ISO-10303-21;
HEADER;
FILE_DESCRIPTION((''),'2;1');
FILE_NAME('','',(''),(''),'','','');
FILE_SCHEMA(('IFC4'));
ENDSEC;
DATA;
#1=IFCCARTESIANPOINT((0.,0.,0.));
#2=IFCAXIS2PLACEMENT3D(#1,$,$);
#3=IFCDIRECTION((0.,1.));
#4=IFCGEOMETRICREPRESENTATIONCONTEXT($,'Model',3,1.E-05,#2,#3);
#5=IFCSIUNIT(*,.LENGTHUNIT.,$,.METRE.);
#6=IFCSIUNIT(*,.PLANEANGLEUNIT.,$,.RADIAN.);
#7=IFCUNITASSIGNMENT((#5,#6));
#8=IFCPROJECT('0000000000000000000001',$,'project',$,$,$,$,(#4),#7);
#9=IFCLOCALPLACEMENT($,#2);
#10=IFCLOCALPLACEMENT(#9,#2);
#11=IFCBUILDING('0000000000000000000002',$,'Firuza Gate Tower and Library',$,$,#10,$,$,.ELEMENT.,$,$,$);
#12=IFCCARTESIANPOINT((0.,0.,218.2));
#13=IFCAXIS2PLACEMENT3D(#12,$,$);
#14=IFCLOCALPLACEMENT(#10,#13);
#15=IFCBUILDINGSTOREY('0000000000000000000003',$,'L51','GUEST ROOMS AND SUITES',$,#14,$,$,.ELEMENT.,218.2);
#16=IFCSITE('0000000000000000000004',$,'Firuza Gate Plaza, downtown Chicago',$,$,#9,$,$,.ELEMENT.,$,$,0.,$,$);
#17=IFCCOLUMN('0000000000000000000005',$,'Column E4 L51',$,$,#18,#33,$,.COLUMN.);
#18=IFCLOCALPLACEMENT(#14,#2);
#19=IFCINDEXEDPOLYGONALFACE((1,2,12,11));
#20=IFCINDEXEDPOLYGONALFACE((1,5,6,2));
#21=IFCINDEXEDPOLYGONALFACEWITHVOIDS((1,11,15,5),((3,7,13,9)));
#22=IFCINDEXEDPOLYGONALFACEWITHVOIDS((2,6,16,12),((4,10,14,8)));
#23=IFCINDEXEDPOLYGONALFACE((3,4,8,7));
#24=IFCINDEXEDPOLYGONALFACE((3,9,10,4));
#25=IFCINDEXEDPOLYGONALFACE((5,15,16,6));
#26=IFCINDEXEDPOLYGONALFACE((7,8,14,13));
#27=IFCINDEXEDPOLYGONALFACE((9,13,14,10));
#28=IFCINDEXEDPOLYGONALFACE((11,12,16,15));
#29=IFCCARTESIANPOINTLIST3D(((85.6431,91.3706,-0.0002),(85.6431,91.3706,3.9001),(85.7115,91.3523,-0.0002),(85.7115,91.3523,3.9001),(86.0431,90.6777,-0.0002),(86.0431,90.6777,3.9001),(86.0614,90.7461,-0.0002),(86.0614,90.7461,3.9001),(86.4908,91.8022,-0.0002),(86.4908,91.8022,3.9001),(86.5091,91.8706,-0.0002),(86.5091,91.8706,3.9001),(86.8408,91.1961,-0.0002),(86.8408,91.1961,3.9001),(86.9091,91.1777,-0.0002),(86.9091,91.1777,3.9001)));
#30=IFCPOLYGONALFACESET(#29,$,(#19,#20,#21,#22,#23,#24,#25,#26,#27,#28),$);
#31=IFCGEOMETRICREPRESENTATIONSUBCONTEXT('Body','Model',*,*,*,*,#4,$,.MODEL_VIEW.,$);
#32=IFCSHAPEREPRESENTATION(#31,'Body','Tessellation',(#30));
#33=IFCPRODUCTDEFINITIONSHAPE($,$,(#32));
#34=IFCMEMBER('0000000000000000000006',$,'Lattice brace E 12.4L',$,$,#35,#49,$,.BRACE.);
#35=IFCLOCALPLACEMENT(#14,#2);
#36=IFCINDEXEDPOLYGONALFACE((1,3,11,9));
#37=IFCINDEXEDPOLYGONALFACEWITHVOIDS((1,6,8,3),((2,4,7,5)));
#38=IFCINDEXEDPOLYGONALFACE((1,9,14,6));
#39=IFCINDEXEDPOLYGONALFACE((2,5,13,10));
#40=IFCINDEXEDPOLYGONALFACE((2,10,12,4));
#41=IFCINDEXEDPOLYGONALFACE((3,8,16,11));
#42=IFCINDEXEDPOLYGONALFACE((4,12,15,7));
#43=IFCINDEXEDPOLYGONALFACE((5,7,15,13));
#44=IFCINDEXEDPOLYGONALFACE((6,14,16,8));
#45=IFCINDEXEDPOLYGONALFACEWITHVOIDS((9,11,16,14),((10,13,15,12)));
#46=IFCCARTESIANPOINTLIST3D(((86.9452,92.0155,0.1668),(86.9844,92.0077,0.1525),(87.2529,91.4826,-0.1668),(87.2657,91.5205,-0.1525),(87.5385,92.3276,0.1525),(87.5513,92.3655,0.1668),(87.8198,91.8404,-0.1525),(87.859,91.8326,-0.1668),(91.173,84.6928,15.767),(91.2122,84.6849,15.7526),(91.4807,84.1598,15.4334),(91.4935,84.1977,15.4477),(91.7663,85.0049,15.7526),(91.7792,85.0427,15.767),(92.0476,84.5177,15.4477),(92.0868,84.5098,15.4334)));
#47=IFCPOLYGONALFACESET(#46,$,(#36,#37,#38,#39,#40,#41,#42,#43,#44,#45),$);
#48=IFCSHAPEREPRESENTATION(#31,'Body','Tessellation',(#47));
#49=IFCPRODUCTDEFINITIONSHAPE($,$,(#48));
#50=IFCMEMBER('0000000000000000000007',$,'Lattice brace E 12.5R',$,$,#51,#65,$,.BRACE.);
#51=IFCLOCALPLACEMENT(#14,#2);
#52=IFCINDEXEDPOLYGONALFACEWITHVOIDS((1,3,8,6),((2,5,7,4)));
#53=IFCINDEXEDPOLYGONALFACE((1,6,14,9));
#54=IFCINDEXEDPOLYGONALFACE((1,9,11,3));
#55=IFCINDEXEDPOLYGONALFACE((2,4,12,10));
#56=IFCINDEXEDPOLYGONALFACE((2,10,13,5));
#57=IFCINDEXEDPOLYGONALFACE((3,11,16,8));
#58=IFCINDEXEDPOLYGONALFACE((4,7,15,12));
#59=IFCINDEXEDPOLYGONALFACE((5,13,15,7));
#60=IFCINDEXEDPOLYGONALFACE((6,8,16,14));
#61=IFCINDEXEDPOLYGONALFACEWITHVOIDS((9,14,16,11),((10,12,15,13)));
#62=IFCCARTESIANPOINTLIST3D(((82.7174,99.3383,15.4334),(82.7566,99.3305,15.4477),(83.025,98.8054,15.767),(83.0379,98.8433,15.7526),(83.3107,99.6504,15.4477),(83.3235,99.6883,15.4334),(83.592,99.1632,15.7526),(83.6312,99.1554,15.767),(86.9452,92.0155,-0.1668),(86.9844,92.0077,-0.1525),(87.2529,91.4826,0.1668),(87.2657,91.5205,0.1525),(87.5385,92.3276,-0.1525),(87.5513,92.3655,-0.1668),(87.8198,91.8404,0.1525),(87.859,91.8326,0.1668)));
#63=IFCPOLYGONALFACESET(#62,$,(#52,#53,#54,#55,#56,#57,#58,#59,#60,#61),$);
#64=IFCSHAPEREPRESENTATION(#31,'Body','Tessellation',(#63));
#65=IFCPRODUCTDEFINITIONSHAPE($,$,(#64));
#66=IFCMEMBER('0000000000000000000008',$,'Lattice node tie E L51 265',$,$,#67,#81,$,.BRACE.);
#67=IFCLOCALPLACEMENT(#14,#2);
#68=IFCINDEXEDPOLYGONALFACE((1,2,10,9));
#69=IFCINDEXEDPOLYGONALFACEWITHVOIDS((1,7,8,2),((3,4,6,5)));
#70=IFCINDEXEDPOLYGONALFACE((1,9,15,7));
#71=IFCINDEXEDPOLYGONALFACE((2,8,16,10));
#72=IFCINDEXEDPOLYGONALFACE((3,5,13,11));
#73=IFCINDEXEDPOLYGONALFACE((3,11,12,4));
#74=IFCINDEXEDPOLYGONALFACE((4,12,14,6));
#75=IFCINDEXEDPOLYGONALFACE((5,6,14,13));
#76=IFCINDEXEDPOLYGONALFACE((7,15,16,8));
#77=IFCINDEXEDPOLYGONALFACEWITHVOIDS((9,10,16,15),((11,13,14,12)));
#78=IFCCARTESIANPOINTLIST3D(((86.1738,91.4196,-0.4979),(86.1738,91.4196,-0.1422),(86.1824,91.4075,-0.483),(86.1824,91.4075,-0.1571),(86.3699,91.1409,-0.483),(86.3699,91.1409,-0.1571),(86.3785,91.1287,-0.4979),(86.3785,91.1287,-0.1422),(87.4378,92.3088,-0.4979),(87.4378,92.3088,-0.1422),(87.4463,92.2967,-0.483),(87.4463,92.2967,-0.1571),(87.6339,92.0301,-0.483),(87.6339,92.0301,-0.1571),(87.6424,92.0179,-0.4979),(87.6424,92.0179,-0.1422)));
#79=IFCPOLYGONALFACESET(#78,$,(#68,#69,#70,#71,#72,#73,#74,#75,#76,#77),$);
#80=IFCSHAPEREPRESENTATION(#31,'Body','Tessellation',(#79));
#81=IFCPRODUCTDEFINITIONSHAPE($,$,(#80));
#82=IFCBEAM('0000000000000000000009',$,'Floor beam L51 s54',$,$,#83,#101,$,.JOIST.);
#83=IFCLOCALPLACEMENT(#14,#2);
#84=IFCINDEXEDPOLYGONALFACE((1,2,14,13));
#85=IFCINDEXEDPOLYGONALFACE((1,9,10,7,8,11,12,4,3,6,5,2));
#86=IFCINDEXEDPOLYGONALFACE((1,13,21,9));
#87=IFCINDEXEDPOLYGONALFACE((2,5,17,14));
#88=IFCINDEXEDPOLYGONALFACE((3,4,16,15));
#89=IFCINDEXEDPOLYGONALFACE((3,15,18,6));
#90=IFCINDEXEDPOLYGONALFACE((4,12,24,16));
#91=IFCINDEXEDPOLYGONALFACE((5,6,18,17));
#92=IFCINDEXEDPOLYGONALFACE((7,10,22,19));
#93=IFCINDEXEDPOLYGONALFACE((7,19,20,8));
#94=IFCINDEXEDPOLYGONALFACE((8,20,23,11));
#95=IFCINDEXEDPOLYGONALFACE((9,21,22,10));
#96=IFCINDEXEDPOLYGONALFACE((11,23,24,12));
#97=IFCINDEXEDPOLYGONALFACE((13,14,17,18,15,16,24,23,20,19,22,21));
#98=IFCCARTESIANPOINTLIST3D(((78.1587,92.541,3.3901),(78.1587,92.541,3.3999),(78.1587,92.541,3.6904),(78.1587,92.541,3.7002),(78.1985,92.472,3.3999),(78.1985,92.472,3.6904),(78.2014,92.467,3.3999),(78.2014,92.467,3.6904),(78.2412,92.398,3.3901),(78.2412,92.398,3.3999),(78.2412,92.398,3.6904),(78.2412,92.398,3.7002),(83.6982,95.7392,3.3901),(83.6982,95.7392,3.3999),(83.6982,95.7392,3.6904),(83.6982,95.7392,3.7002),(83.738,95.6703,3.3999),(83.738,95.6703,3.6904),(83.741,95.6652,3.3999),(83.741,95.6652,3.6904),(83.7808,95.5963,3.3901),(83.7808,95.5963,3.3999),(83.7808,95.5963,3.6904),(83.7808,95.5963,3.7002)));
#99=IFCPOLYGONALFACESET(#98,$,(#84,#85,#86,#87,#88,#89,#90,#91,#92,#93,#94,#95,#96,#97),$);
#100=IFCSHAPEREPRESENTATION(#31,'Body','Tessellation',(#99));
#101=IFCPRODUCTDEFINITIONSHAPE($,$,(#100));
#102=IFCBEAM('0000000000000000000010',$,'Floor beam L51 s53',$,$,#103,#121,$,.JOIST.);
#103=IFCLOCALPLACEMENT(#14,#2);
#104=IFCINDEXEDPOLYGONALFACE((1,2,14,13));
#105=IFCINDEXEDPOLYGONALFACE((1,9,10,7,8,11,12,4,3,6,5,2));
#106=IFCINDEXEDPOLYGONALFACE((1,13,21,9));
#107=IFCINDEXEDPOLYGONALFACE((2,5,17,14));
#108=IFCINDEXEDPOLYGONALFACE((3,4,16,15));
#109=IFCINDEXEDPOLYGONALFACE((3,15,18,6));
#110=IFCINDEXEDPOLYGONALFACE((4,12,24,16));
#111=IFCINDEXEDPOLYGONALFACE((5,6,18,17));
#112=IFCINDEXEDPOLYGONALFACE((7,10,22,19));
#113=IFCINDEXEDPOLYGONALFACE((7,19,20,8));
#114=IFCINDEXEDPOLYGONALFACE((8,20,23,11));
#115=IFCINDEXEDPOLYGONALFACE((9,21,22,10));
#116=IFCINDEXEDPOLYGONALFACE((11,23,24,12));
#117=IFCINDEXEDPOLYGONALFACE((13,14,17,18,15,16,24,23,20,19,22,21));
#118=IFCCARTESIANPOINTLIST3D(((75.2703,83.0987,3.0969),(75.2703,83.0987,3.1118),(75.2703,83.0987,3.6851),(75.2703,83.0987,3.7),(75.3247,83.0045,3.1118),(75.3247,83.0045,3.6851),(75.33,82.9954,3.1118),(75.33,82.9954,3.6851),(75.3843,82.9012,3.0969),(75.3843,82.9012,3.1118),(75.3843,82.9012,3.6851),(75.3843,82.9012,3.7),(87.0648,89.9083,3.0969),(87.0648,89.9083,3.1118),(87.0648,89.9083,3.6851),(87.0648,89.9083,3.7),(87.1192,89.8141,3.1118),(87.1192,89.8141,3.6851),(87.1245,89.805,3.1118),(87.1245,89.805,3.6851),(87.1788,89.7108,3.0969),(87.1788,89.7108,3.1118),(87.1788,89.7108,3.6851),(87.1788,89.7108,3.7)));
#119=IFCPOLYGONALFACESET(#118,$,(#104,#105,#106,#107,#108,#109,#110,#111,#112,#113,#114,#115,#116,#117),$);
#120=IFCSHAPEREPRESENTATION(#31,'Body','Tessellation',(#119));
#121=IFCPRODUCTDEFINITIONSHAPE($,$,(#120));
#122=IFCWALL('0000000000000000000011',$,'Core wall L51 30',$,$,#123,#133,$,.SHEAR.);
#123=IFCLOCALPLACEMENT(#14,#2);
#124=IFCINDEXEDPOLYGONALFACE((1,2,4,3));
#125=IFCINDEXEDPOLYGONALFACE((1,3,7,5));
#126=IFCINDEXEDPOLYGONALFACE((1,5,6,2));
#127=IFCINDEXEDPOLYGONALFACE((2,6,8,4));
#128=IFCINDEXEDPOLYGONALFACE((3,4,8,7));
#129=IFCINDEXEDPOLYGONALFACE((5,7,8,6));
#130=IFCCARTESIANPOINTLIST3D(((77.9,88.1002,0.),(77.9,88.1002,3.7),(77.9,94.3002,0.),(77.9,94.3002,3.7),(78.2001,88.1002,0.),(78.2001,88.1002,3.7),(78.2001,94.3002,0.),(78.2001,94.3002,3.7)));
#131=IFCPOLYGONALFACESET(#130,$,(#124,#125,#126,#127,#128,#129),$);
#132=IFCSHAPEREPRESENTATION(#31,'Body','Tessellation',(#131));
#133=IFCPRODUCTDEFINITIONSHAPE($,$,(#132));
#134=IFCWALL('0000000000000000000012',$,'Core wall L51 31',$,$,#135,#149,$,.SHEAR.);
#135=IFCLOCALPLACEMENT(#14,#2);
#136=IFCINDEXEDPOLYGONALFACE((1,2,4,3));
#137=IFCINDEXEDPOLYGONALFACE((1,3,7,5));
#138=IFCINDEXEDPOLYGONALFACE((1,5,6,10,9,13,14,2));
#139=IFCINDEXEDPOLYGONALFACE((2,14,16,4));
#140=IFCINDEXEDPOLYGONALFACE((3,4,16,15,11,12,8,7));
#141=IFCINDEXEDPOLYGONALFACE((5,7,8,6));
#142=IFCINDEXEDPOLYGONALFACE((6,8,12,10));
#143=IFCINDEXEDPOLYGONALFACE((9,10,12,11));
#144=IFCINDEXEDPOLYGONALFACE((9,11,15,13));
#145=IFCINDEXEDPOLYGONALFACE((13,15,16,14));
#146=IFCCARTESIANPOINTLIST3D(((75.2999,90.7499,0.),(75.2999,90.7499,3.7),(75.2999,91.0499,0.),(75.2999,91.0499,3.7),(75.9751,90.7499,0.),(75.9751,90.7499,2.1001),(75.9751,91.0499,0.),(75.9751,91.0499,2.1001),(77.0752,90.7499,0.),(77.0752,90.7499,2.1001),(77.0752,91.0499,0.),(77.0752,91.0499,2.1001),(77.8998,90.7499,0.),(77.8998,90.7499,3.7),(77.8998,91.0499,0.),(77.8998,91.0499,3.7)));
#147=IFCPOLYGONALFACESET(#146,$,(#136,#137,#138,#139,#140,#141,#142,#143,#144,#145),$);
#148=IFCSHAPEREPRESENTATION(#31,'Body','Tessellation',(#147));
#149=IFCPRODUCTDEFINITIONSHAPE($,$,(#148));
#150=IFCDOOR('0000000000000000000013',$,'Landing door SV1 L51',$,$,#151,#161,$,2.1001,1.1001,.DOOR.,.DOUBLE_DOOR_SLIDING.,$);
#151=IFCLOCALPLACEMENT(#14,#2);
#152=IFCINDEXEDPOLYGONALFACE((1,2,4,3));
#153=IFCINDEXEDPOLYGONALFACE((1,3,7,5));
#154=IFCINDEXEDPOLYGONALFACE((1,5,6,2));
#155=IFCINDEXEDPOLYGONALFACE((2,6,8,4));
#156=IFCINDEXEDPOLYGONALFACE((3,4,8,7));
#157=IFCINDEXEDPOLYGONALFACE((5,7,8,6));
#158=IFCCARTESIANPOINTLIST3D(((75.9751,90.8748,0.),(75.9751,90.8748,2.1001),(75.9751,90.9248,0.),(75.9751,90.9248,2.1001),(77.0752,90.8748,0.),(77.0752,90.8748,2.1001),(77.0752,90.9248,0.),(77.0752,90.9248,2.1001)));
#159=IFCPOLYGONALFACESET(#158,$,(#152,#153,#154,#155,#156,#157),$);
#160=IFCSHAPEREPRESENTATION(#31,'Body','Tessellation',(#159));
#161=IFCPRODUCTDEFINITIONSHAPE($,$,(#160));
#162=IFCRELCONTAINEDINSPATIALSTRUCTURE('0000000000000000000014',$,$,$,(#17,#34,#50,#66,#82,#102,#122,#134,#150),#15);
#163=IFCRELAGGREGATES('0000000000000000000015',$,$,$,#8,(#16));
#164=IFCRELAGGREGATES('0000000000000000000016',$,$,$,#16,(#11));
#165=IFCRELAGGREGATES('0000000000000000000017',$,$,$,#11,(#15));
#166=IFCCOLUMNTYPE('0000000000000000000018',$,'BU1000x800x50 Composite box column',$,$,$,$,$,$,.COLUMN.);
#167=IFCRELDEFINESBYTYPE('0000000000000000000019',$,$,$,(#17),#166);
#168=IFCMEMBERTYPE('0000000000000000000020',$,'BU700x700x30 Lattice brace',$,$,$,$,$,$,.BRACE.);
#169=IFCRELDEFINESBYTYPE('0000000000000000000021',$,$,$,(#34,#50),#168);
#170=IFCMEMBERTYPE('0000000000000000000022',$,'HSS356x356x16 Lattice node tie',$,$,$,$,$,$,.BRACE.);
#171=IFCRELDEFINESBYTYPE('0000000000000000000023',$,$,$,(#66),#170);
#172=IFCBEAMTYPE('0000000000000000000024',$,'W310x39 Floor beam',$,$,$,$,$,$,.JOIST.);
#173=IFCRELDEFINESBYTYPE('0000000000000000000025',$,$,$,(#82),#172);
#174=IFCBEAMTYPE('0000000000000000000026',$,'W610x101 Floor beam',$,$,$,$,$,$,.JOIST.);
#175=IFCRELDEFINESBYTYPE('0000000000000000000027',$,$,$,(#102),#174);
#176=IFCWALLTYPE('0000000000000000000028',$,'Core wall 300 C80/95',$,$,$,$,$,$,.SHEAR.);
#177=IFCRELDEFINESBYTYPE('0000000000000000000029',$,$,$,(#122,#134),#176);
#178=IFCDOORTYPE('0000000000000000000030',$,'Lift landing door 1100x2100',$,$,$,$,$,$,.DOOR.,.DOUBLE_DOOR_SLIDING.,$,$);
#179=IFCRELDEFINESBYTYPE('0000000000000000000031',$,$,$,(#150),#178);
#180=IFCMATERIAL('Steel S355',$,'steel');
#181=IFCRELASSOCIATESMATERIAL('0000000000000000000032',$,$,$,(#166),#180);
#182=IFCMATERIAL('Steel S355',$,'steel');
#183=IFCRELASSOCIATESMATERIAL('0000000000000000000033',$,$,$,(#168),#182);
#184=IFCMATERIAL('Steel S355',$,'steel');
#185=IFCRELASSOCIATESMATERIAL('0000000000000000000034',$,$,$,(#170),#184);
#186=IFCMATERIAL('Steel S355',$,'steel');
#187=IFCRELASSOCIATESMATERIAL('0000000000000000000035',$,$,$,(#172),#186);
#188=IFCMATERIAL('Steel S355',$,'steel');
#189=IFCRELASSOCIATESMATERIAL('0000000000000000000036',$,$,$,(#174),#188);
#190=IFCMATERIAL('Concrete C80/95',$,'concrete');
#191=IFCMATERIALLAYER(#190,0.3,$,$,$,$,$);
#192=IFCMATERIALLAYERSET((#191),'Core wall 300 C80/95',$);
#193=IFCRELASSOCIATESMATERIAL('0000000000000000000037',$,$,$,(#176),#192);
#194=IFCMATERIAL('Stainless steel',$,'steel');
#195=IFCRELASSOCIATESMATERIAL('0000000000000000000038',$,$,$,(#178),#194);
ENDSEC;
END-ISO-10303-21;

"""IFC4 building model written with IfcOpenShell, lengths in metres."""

from ifc_helpers import new_model, si_unit, direction, frame, frame_2d, origin, origin_2d, place, context, subcontext, project, spatial, rectangle, hollow_rectangle, i_section, extrude, material, layer, layer_set, material_profile, profile_set, type_object, element, fill, save


model = new_model("IFC4")

# Units and contexts
model_context = context("Model", 3, precision=1e-05, world=origin(), true_north=direction((0.0, 1.0)))
body_context = subcontext(model_context, "Body", "Model", "MODEL_VIEW")
ifc_project = project(units=[si_unit("LENGTHUNIT", "METRE"), si_unit("PLANEANGLEUNIT", "RADIAN")], contexts=[model_context])

# Site, building, storey
site_placement = place(None, origin())
site = spatial("IfcSite", under=ifc_project, at=site_placement, Name="Firuza Gate Plaza, downtown Chicago", CompositionType="ELEMENT", RefElevation=0.0)
building_placement = place(site_placement, origin())
building = spatial("IfcBuilding", under=site, at=building_placement, Name="Firuza Gate Tower and Library", CompositionType="ELEMENT")
storey_placement = place(building_placement, frame((0.0, 0.0, 218.2)))
storey = spatial("IfcBuildingStorey", under=building, at=storey_placement, Name="L51", Description="GUEST ROOMS AND SUITES", CompositionType="ELEMENT", Elevation=218.2)

# Column
ifc_material_1 = material(Name="Steel S355", Category="steel")
ifc_material_profile_1 = material_profile(ifc_material_1, hollow_rectangle(XDim=0.8, YDim=1.0, WallThickness=0.05, at=origin_2d()))
ifc_profile_set_1 = profile_set([ifc_material_profile_1], Name="Steel S355")
column_type = type_object("IfcColumnType", Name="BU1000x800x50 Composite box column", PredefinedType="COLUMN", material=ifc_profile_set_1)
column_placement = place(storey_placement, frame((86.2761, 91.2742, -0.0002), z_axis=(0.0, 0.0, 1.0), x_axis=(-0.5, 0.866025, 0.0)))
element("IfcColumn", 1, at=column_placement, inside=storey, type_object=column_type, Name="Column E4 L51", PredefinedType="COLUMN", context=body_context, shape_type="SweptSolid", body=[
    extrude(hollow_rectangle(XDim=0.8, YDim=1.0, WallThickness=0.05, at=origin_2d()), origin(), (0.0, 0.0, 1.0), 3.9004),
])

# Members
ifc_material_2 = material(Name="Steel S355", Category="steel")
ifc_material_profile_2 = material_profile(ifc_material_2, hollow_rectangle(XDim=0.7, YDim=0.7, WallThickness=0.03, at=origin_2d()))
ifc_profile_set_2 = profile_set([ifc_material_profile_2], Name="Steel S355")
member_type_1 = type_object("IfcMemberType", Name="BU700x700x30 Lattice brace", PredefinedType="BRACE", material=ifc_profile_set_2)
for number, where, z_axis, x_axis, name in (
    (2, (87.4021, 91.9241, 0.0), (0.238262, -0.412682, 0.879161), (0.866026, 0.499999, 0.0), "Lattice brace E 12.4L"),
    (3, (87.4021, 91.9241, 0.0), (-0.238262, 0.412682, 0.879161), (-0.866026, -0.499999, 0.0), "Lattice brace E 12.5R"),
):
    element("IfcMember", number, at=place(storey_placement, frame(where, z_axis=z_axis, x_axis=x_axis)), inside=storey, type_object=member_type_1, Name=name, PredefinedType="BRACE", context=body_context, shape_type="SweptSolid", body=[
        extrude(hollow_rectangle(XDim=0.7, YDim=0.7, WallThickness=0.03, at=origin_2d()), origin(), (0.0, 0.0, 1.0), 17.7444),
    ])
ifc_material_3 = material(Name="Steel S355", Category="steel")
ifc_material_profile_3 = material_profile(ifc_material_3, hollow_rectangle(XDim=0.3557, YDim=0.3557, WallThickness=0.0149, at=origin_2d()))
ifc_profile_set_3 = profile_set([ifc_material_profile_3], Name="Steel S355")
member_type_2 = type_object("IfcMemberType", Name="HSS356x356x16 Lattice node tie", PredefinedType="BRACE", material=ifc_profile_set_3)
member_placement = place(storey_placement, frame((86.2761, 91.2742, -0.3201), z_axis=(0.817886, 0.57538, 0.0), x_axis=(-0.57538, 0.817886, 0.0)))
element("IfcMember", 4, at=member_placement, inside=storey, type_object=member_type_2, Name="Lattice node tie E L51 265", PredefinedType="BRACE", context=body_context, shape_type="SweptSolid", body=[
    extrude(hollow_rectangle(XDim=0.3557, YDim=0.3557, WallThickness=0.0149, at=origin_2d()), origin(), (0.0, 0.0, 1.0), 1.5454),
])

# Beams
ifc_material_4 = material(Name="Steel S355", Category="steel")
ifc_material_profile_4 = material_profile(ifc_material_4, i_section(OverallWidth=0.165, OverallDepth=0.3101, WebThickness=0.0059, FlangeThickness=0.0098, at=origin_2d()))
ifc_profile_set_4 = profile_set([ifc_material_profile_4], Name="Steel S355")
beam_type_1 = type_object("IfcBeamType", Name="W310x39 Floor beam", PredefinedType="JOIST", material=ifc_profile_set_4)
beam_1_placement = place(storey_placement, frame((83.7395, 95.6677, 3.5452), z_axis=(-0.866027, -0.499998, 0.0), x_axis=(0.499998, -0.866027, 0.0)))
element("IfcBeam", 5, at=beam_1_placement, inside=storey, type_object=beam_type_1, Name="Floor beam L51 s54", PredefinedType="JOIST", context=body_context, shape_type="SweptSolid", body=[
    extrude(i_section(OverallWidth=0.165, OverallDepth=0.3101, WebThickness=0.0059, FlangeThickness=0.0098, at=origin_2d()), origin(), (0.0, 0.0, 1.0), 6.3965),
])
ifc_material_5 = material(Name="Steel S355", Category="steel")
ifc_material_profile_5 = material_profile(ifc_material_5, i_section(OverallWidth=0.228, OverallDepth=0.603, WebThickness=0.0105, FlangeThickness=0.0149, at=origin_2d()))
ifc_profile_set_5 = profile_set([ifc_material_profile_5], Name="Steel S355")
beam_type_2 = type_object("IfcBeamType", Name="W610x101 Floor beam", PredefinedType="JOIST", material=ifc_profile_set_5)
beam_2_placement = place(storey_placement, frame((87.1218, 89.8096, 3.3984), z_axis=(-0.866024, -0.500003, 0.0), x_axis=(0.500003, -0.866024, 0.0)))
element("IfcBeam", 6, at=beam_2_placement, inside=storey, type_object=beam_type_2, Name="Floor beam L51 s53", PredefinedType="JOIST", context=body_context, shape_type="SweptSolid", body=[
    extrude(i_section(OverallWidth=0.228, OverallDepth=0.603, WebThickness=0.0105, FlangeThickness=0.0149, at=origin_2d()), origin(), (0.0, 0.0, 1.0), 13.6191),
])

# Wall
ifc_material_6 = material(Name="Concrete C80/95", Category="concrete")
ifc_layer_1 = layer(ifc_material_6, 0.3)
ifc_layer_set_1 = layer_set([ifc_layer_1], Name="Core wall 300 C80/95")
wall_type_1 = type_object("IfcWallType", Name="Core wall 300 C80/95", PredefinedType="SHEAR", material=ifc_layer_set_1)
wall_1_placement = place(storey_placement, frame((78.05, 88.1001, 0.0), z_axis=(0.0, 0.0, 1.0), x_axis=(0.0, 1.0, 0.0)))
element("IfcWall", 7, at=wall_1_placement, inside=storey, type_object=wall_type_1, Name="Core wall L51 30", PredefinedType="SHEAR", context=body_context, shape_type="SweptSolid", body=[
    extrude(rectangle(XDim=6.2, YDim=0.3, at=frame_2d((3.1001, 0.0))), origin(), (0.0, 0.0, 1.0), 3.7),
])

# Wall, opening, door
wall_2_placement = place(storey_placement, frame((75.3, 90.8999, 0.0), z_axis=(0.0, 0.0, 1.0), x_axis=(1.0, 0.0, 0.0)))
wall_2 = element("IfcWall", 8, at=wall_2_placement, inside=storey, type_object=wall_type_1, Name="Core wall L51 31", PredefinedType="SHEAR", context=body_context, shape_type="SweptSolid", body=[
    extrude(rectangle(XDim=2.5999, YDim=0.3, at=frame_2d((1.2998, 0.0))), origin(), (0.0, 0.0, 1.0), 3.7),
])
opening_1_placement = place(wall_2_placement, frame((0.675, 0.0, 0.0)))
opening_1 = element("IfcOpeningElement", 9, at=opening_1_placement, cuts=wall_2, PredefinedType="OPENING", context=body_context, shape_type="SweptSolid", body=[
    extrude(rectangle(XDim=1.1001, YDim=2.1001, at=frame_2d((0.55, 1.05))), frame((0.0, 0.1602, 0.0), z_axis=(0.0, -1.0, 0.0), x_axis=(1.0, 0.0, 0.0)), (0.0, 0.0, 1.0), 0.3201),
])
ifc_material_7 = material(Name="Stainless steel", Category="steel")
door_type_1 = type_object("IfcDoorType", Name="Lift landing door 1100x2100", OperationType="DOUBLE_DOOR_SLIDING", PredefinedType="DOOR", material=ifc_material_7)
door_1_placement = place(opening_1_placement, origin())
door_1 = element("IfcDoor", 10, at=door_1_placement, inside=storey, type_object=door_type_1, Name="Landing door SV1 L51", OperationType="DOUBLE_DOOR_SLIDING", OverallHeight=2.1001, OverallWidth=1.1001, PredefinedType="DOOR", context=body_context, shape_type="SweptSolid", body=[
    extrude(rectangle(XDim=1.1001, YDim=2.1001, at=frame_2d((0.55, 1.05))), frame((0.0, 0.0249, 0.0), z_axis=(0.0, -1.0, 0.0), x_axis=(1.0, 0.0, 0.0)), (0.0, 0.0, 1.0), 0.05),
])
fill(opening_1, door_1)

save(model, "model.ifc")
